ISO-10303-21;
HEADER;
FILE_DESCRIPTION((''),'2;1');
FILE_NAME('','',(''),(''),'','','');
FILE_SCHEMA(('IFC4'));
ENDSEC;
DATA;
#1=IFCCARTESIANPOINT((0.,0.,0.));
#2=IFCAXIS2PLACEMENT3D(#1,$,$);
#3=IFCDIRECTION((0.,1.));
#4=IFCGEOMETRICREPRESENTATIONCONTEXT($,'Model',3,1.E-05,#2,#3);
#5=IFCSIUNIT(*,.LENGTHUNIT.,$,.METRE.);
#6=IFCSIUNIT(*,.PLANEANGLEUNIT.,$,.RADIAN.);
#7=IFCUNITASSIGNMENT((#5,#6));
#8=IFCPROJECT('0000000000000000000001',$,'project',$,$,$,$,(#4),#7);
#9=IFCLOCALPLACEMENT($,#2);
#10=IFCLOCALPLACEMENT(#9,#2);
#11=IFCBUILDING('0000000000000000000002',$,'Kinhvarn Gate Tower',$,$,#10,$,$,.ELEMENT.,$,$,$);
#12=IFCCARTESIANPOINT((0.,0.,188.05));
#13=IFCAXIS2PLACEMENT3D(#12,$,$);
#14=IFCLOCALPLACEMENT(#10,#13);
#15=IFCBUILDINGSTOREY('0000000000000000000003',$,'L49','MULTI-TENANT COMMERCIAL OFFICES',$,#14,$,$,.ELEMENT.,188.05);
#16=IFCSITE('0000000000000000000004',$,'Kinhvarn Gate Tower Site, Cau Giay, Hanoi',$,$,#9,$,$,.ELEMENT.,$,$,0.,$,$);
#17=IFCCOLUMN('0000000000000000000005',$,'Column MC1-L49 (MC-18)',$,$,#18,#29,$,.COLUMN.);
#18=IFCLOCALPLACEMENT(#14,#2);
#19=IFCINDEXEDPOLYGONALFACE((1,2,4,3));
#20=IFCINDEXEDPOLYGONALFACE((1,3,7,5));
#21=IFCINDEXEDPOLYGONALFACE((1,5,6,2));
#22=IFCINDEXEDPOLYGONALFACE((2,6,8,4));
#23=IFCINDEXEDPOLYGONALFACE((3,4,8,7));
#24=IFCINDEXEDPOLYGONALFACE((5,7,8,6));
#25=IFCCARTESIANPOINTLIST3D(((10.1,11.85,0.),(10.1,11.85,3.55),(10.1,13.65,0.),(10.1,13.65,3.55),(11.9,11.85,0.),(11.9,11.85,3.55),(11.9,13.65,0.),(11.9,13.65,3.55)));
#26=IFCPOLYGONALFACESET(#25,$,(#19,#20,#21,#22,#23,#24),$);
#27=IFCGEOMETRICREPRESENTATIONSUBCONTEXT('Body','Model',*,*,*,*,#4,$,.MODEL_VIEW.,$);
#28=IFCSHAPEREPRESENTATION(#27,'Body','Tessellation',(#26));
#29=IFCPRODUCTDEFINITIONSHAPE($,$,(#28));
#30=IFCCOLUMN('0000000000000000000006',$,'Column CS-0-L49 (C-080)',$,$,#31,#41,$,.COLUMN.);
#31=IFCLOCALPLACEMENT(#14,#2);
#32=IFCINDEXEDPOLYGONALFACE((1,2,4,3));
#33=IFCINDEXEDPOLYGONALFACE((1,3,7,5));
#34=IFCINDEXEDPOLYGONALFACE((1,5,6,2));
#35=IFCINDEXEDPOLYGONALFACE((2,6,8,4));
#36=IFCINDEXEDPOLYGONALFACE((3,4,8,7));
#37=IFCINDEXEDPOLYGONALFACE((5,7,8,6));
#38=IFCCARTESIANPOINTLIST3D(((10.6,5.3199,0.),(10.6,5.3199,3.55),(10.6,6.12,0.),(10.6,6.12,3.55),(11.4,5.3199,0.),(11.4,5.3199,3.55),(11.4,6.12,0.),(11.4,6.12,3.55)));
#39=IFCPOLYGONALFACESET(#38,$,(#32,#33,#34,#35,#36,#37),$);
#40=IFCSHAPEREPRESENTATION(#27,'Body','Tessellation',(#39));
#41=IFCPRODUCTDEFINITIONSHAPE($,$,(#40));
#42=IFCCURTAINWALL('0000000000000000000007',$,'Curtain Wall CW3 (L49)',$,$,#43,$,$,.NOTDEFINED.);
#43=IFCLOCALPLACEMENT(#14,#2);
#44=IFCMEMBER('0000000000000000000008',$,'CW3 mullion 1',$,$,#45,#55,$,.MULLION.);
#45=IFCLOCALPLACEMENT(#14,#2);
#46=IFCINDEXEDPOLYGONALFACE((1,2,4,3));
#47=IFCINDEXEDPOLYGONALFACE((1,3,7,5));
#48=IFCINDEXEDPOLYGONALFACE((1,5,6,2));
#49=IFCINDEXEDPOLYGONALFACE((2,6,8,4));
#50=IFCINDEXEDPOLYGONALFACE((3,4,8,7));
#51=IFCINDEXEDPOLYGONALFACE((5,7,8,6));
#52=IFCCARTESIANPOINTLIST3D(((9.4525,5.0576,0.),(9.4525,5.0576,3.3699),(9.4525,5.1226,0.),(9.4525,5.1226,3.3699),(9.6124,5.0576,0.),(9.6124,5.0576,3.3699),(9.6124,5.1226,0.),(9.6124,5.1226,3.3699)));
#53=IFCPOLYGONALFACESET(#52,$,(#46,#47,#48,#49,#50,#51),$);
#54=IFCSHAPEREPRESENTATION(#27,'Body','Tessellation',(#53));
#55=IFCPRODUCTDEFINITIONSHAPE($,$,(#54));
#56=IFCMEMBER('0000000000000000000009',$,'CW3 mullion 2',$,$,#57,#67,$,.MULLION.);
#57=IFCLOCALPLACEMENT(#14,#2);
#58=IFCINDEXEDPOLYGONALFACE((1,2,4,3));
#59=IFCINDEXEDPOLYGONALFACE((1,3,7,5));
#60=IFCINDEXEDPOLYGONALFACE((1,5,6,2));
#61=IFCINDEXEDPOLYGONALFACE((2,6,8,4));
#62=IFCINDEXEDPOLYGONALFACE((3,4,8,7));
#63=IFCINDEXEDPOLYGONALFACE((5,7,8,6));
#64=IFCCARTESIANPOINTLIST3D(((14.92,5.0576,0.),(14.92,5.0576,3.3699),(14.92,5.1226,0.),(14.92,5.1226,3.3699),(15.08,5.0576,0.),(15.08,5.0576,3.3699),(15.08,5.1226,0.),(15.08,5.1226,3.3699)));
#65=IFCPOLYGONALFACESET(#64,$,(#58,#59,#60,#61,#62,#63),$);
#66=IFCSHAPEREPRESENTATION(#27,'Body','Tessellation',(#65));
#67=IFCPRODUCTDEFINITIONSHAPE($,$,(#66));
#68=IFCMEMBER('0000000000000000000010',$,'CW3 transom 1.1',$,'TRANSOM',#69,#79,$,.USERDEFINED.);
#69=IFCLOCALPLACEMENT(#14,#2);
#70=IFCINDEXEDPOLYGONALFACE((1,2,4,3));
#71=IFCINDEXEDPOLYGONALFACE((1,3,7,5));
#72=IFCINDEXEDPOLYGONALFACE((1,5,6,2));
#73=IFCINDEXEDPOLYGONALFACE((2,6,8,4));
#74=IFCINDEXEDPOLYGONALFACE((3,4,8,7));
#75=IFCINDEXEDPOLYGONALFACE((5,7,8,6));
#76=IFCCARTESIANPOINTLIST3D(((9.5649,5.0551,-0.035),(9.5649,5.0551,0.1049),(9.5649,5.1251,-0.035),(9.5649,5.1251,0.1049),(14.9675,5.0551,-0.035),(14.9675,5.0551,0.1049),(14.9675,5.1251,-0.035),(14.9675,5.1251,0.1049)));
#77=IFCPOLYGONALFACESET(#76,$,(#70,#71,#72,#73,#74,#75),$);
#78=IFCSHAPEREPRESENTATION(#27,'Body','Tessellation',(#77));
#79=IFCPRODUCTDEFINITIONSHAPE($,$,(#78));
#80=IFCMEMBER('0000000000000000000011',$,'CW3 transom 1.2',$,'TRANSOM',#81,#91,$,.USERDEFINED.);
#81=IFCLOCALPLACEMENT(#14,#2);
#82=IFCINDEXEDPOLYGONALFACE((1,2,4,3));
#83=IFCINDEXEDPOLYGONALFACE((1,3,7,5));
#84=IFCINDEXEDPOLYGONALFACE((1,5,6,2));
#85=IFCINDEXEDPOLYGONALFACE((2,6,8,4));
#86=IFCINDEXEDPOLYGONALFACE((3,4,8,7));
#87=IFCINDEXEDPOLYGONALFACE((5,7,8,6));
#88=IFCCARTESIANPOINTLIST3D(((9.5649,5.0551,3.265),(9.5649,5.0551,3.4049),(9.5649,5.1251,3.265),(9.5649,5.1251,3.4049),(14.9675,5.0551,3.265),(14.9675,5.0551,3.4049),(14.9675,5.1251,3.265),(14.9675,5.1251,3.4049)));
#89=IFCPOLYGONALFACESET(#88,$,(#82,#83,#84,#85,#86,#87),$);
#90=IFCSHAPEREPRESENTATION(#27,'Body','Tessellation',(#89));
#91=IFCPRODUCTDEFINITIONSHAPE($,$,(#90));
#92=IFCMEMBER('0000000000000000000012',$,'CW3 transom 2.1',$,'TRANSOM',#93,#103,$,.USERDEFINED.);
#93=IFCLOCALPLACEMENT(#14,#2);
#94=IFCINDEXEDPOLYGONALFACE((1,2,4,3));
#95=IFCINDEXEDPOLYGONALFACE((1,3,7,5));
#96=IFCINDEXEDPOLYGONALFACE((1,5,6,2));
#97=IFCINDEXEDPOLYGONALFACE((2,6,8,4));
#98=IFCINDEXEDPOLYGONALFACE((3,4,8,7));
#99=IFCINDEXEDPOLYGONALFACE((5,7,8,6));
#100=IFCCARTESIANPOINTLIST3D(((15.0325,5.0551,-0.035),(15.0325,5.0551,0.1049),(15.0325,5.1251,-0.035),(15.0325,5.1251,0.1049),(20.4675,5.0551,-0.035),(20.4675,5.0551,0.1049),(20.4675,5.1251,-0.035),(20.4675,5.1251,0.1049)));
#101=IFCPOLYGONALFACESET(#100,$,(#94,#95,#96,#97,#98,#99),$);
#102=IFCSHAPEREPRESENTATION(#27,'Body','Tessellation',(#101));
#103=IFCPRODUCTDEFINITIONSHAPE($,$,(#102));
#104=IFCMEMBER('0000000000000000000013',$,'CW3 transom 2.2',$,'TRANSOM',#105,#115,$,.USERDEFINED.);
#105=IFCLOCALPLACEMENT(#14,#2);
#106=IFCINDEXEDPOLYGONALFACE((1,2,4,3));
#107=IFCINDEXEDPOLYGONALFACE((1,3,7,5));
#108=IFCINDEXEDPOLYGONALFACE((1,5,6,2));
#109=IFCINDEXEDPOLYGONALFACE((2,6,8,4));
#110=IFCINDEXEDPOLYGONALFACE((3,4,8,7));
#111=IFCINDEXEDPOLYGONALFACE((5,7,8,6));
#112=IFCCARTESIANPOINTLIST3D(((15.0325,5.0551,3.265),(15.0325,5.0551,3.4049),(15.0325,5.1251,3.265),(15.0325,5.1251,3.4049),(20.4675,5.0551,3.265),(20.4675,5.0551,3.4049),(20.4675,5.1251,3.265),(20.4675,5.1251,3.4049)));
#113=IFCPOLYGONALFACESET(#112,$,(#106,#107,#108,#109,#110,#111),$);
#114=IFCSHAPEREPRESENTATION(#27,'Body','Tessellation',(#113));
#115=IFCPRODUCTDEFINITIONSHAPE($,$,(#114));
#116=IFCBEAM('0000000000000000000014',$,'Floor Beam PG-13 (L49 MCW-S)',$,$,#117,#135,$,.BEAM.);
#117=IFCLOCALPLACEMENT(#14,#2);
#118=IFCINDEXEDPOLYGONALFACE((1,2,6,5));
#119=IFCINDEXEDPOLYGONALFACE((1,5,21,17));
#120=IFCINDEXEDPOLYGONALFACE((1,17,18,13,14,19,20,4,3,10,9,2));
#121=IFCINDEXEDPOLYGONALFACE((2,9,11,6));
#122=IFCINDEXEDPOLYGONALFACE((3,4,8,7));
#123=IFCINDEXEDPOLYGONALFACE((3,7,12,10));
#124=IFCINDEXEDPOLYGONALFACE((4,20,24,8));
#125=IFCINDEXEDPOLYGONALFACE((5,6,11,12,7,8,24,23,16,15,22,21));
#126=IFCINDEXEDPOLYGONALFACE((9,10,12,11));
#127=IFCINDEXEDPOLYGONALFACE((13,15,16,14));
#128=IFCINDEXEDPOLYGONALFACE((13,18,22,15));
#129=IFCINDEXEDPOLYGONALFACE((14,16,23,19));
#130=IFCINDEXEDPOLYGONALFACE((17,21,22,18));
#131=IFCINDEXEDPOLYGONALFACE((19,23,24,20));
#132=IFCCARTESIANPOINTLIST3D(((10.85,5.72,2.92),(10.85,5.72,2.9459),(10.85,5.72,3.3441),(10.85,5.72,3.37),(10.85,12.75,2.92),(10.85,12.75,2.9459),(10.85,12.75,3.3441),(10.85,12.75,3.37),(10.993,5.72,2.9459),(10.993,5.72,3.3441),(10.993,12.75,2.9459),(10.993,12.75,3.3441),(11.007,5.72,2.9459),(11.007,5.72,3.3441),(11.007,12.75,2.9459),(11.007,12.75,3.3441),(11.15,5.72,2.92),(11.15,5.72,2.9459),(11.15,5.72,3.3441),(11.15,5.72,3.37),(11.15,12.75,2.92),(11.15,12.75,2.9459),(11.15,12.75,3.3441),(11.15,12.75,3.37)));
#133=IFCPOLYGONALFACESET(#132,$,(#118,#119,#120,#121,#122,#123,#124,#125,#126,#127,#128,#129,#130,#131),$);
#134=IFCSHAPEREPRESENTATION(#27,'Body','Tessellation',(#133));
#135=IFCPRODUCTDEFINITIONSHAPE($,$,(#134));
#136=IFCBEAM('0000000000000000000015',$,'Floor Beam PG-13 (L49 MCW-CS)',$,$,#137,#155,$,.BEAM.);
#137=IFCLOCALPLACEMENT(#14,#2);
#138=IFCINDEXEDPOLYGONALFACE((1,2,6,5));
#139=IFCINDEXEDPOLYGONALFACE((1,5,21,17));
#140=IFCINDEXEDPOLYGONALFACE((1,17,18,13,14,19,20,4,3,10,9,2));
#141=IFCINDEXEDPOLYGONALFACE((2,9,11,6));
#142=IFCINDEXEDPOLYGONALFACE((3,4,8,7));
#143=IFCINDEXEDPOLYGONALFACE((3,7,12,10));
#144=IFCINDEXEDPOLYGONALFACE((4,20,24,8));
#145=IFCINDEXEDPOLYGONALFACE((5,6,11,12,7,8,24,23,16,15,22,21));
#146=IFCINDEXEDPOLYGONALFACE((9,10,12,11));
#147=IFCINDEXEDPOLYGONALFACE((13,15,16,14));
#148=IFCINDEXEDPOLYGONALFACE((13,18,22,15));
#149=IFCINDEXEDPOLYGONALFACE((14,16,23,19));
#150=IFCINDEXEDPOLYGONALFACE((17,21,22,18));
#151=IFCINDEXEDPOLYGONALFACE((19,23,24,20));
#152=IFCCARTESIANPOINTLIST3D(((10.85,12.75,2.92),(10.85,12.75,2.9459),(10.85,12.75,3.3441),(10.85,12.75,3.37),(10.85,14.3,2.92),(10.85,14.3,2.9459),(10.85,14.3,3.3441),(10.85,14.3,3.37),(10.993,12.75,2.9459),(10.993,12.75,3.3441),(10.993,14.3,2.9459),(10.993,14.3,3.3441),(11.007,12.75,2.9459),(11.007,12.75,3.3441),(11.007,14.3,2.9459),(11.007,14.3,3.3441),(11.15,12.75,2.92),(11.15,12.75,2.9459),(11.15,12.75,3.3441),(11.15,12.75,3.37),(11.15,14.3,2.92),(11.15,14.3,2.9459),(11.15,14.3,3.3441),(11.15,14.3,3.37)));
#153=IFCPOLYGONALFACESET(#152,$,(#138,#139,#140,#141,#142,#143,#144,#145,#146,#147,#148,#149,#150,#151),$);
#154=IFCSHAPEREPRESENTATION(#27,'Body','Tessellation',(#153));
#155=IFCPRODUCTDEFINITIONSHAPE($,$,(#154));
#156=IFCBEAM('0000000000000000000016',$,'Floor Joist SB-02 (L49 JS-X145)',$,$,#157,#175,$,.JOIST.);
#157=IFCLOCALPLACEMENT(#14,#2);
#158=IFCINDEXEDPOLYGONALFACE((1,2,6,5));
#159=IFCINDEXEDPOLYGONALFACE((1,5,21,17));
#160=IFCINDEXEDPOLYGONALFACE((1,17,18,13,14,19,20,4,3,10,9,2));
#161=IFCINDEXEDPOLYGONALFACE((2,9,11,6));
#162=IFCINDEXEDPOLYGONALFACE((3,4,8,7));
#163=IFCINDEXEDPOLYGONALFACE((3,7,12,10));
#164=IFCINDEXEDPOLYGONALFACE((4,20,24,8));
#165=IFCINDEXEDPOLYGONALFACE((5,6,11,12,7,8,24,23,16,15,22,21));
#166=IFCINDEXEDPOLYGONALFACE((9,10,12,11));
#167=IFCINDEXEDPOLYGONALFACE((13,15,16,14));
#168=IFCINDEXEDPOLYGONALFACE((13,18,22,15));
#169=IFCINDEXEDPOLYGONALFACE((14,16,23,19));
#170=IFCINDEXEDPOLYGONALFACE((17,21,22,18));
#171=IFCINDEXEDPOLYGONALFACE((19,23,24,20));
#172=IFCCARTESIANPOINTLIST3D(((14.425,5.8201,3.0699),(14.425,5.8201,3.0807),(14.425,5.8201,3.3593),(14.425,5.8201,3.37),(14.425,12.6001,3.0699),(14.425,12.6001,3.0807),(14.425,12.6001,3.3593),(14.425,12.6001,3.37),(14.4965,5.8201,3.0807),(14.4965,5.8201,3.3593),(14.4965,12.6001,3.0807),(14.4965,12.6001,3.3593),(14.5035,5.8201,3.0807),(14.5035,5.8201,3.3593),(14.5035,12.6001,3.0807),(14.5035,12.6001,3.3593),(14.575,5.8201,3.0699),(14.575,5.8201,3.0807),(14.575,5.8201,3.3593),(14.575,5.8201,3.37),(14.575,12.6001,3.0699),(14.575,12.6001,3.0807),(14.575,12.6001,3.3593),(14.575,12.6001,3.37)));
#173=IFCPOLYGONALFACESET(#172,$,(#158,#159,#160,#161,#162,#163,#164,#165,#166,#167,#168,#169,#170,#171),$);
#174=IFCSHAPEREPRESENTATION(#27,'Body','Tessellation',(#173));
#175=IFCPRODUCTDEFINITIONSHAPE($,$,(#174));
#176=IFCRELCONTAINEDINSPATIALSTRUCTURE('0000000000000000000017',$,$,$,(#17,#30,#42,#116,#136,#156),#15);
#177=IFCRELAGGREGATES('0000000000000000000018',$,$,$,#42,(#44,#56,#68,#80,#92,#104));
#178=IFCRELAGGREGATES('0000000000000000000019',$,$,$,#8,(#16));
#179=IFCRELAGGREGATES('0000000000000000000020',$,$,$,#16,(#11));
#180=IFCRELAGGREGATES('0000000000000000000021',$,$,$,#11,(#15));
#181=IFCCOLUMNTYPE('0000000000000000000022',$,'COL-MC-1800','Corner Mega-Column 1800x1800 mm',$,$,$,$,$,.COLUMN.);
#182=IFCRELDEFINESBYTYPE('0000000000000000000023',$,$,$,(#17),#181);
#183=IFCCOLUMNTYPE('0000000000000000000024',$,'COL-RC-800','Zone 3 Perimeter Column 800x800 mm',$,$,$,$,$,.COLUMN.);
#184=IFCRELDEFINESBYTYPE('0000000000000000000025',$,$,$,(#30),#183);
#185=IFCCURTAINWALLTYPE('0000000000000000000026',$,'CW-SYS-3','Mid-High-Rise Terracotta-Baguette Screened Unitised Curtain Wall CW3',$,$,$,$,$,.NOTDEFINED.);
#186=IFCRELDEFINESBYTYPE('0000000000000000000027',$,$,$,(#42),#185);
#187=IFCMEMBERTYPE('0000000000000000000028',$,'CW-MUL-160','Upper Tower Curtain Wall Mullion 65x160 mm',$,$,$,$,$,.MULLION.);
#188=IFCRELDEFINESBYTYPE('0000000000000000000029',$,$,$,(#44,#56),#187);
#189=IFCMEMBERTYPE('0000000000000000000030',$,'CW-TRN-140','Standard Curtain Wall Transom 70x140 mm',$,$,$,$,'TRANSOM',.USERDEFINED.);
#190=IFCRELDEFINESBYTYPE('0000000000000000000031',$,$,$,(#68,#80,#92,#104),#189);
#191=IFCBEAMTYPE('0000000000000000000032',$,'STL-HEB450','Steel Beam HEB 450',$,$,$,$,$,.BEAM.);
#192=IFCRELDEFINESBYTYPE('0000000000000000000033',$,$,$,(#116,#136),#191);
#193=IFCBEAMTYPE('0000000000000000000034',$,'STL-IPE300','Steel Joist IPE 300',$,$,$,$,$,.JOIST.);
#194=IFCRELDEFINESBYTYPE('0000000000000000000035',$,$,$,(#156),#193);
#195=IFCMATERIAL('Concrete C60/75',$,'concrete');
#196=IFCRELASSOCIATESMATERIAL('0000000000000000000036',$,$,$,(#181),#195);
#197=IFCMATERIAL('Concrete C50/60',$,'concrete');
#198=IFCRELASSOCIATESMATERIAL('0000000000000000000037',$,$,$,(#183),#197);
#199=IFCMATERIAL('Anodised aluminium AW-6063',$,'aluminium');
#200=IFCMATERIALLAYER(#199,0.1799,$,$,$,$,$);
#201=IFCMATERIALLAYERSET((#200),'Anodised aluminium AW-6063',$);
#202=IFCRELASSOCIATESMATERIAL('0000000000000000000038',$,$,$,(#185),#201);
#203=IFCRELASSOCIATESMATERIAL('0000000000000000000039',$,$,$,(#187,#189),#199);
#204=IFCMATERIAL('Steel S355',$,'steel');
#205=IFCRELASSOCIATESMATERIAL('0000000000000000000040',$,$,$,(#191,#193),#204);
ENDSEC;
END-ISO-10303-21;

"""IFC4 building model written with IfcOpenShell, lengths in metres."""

from ifc_helpers import new_model, si_unit, direction, frame, origin, origin_2d, place, context, subcontext, project, spatial, rectangle, i_section, extrude, material, layer, layer_set, material_profile, profile_set, type_object, element, aggregate, save


model = new_model("IFC4")

# Units and contexts
model_context = context("Model", 3, precision=1e-05, world=origin(), true_north=direction((0.0, 1.0)))
body_context = subcontext(model_context, "Body", "Model", "MODEL_VIEW")
ifc_project = project(units=[si_unit("LENGTHUNIT", "METRE"), si_unit("PLANEANGLEUNIT", "RADIAN")], contexts=[model_context])

# Site, building, storey
site_placement = place(None, origin())
site = spatial("IfcSite", under=ifc_project, at=site_placement, Name="Kinhvarn Gate Tower Site, Cau Giay, Hanoi", CompositionType="ELEMENT", RefElevation=0.0)
building_placement = place(site_placement, origin())
building = spatial("IfcBuilding", under=site, at=building_placement, Name="Kinhvarn Gate Tower", CompositionType="ELEMENT")
storey_placement = place(building_placement, frame((0.0, 0.0, 188.05)))
storey = spatial("IfcBuildingStorey", under=building, at=storey_placement, Name="L49", Description="MULTI-TENANT COMMERCIAL OFFICES", CompositionType="ELEMENT", Elevation=188.05)

# Columns
ifc_material_1 = material(Name="Concrete C60/75", Category="concrete")
ifc_material_profile_1 = material_profile(ifc_material_1, rectangle(XDim=1.8, YDim=1.8, at=origin_2d()), Name="RC 1800x1800")
ifc_profile_set_1 = profile_set([ifc_material_profile_1], Name="Concrete C60/75")
column_type_1 = type_object("IfcColumnType", Name="COL-MC-1800", Description="Corner Mega-Column 1800x1800 mm", PredefinedType="COLUMN", material=ifc_profile_set_1)
column_1_placement = place(storey_placement, frame((11.0, 12.75, 0.0), z_axis=(0.0, 0.0, 1.0), x_axis=(1.0, 0.0, 0.0)))
element("IfcColumn", 1, at=column_1_placement, inside=storey, type_object=column_type_1, Name="Column MC1-L49 (MC-18)", PredefinedType="COLUMN", context=body_context, shape_type="SweptSolid", body=[
    extrude(rectangle(XDim=1.8, YDim=1.8, at=origin_2d()), origin(), (0.0, 0.0, 1.0), 3.55),
])
ifc_material_2 = material(Name="Concrete C50/60", Category="concrete")
ifc_material_profile_2 = material_profile(ifc_material_2, rectangle(XDim=0.8, YDim=0.8, at=origin_2d()), Name="RC 800x800")
ifc_profile_set_2 = profile_set([ifc_material_profile_2], Name="Concrete C50/60")
column_type_2 = type_object("IfcColumnType", Name="COL-RC-800", Description="Zone 3 Perimeter Column 800x800 mm", PredefinedType="COLUMN", material=ifc_profile_set_2)
column_2_placement = place(storey_placement, frame((11.0, 5.72, 0.0), z_axis=(0.0, 0.0, 1.0), x_axis=(1.0, 0.0, 0.0)))
element("IfcColumn", 2, at=column_2_placement, inside=storey, type_object=column_type_2, Name="Column CS-0-L49 (C-080)", PredefinedType="COLUMN", context=body_context, shape_type="SweptSolid", body=[
    extrude(rectangle(XDim=0.8, YDim=0.8, at=origin_2d()), origin(), (0.0, 0.0, 1.0), 3.55),
])

# Curtain wall, members
ifc_material_3 = material(Name="Anodised aluminium AW-6063", Category="aluminium")
ifc_layer_1 = layer(ifc_material_3, 0.1799)
ifc_layer_set_1 = layer_set([ifc_layer_1], Name="Anodised aluminium AW-6063")
curtain_wall_type = type_object("IfcCurtainWallType", Name="CW-SYS-3", Description="Mid-High-Rise Terracotta-Baguette Screened Unitised Curtain Wall CW3", PredefinedType="NOTDEFINED", material=ifc_layer_set_1)
curtain_wall_placement = place(storey_placement, origin())
curtain_wall = element("IfcCurtainWall", 3, at=curtain_wall_placement, inside=storey, type_object=curtain_wall_type, Name="Curtain Wall CW3 (L49)", PredefinedType="NOTDEFINED")
ifc_material_profile_3 = material_profile(ifc_material_3, rectangle(XDim=0.0649, YDim=0.1599, at=origin_2d()), Name="ALU 65x160")
ifc_profile_set_3 = profile_set([ifc_material_profile_3], Name="Anodised aluminium AW-6063")
member_type_1 = type_object("IfcMemberType", Name="CW-MUL-160", Description="Upper Tower Curtain Wall Mullion 65x160 mm", PredefinedType="MULLION", material=ifc_profile_set_3)
member_1_placement = place(storey_placement, frame((9.5325, 5.0901, 0.0), z_axis=(0.0, 0.0, 1.0), x_axis=(0.0, 1.0, 0.0)))
member_1 = element("IfcMember", 4, at=member_1_placement, type_object=member_type_1, Name="CW3 mullion 1", PredefinedType="MULLION", context=body_context, shape_type="SweptSolid", body=[
    extrude(rectangle(XDim=0.0649, YDim=0.1599, at=origin_2d()), origin(), (0.0, 0.0, 1.0), 3.3699),
])
member_2_placement = place(storey_placement, frame((15.0, 5.0901, 0.0), z_axis=(0.0, 0.0, 1.0), x_axis=(0.0, 1.0, 0.0)))
member_2 = element("IfcMember", 5, at=member_2_placement, type_object=member_type_1, Name="CW3 mullion 2", PredefinedType="MULLION", context=body_context, shape_type="SweptSolid", body=[
    extrude(rectangle(XDim=0.0649, YDim=0.1599, at=origin_2d()), origin(), (0.0, 0.0, 1.0), 3.3699),
])
ifc_material_profile_4 = material_profile(ifc_material_3, rectangle(XDim=0.0701, YDim=0.1399, at=origin_2d()), Name="ALU 70x140")
ifc_profile_set_4 = profile_set([ifc_material_profile_4], Name="Anodised aluminium AW-6063")
member_type_2 = type_object("IfcMemberType", Name="CW-TRN-140", Description="Standard Curtain Wall Transom 70x140 mm", ElementType="TRANSOM", PredefinedType="USERDEFINED", material=ifc_profile_set_4)
member_3_placement = place(storey_placement, frame((9.5649, 5.0901, 0.0349), z_axis=(1.0, 0.0, 0.0), x_axis=(0.0, 1.0, 0.0)))
member_3 = element("IfcMember", 6, at=member_3_placement, type_object=member_type_2, Name="CW3 transom 1.1", ObjectType="TRANSOM", PredefinedType="USERDEFINED", context=body_context, shape_type="SweptSolid", body=[
    extrude(rectangle(XDim=0.0701, YDim=0.1399, at=origin_2d()), origin(), (0.0, 0.0, 1.0), 5.4026),
])
member_4_placement = place(storey_placement, frame((9.5649, 5.0901, 3.335), z_axis=(1.0, 0.0, 0.0), x_axis=(0.0, 1.0, 0.0)))
member_4 = element("IfcMember", 7, at=member_4_placement, type_object=member_type_2, Name="CW3 transom 1.2", ObjectType="TRANSOM", PredefinedType="USERDEFINED", context=body_context, shape_type="SweptSolid", body=[
    extrude(rectangle(XDim=0.0701, YDim=0.1399, at=origin_2d()), origin(), (0.0, 0.0, 1.0), 5.4026),
])
member_5_placement = place(storey_placement, frame((15.0325, 5.0901, 0.0349), z_axis=(1.0, 0.0, 0.0), x_axis=(0.0, 1.0, 0.0)))
member_5 = element("IfcMember", 8, at=member_5_placement, type_object=member_type_2, Name="CW3 transom 2.1", ObjectType="TRANSOM", PredefinedType="USERDEFINED", context=body_context, shape_type="SweptSolid", body=[
    extrude(rectangle(XDim=0.0701, YDim=0.1399, at=origin_2d()), origin(), (0.0, 0.0, 1.0), 5.4351),
])
member_6_placement = place(storey_placement, frame((15.0325, 5.0901, 3.335), z_axis=(1.0, 0.0, 0.0), x_axis=(0.0, 1.0, 0.0)))
member_6 = element("IfcMember", 9, at=member_6_placement, type_object=member_type_2, Name="CW3 transom 2.2", ObjectType="TRANSOM", PredefinedType="USERDEFINED", context=body_context, shape_type="SweptSolid", body=[
    extrude(rectangle(XDim=0.0701, YDim=0.1399, at=origin_2d()), origin(), (0.0, 0.0, 1.0), 5.4351),
])

# Beams
ifc_material_4 = material(Name="Steel S355", Category="steel")
ifc_material_profile_5 = material_profile(ifc_material_4, i_section(OverallWidth=0.3, OverallDepth=0.45, WebThickness=0.0139, FlangeThickness=0.0259, at=origin_2d()), Name="HEB 450")
ifc_profile_set_5 = profile_set([ifc_material_profile_5], Name="Steel S355")
beam_type_1 = type_object("IfcBeamType", Name="STL-HEB450", Description="Steel Beam HEB 450", PredefinedType="BEAM", material=ifc_profile_set_5)
beam_1_placement = place(storey_placement, frame((11.0, 5.72, 3.145), z_axis=(0.0, 1.0, 0.0), x_axis=(-1.0, 0.0, 0.0)))
element("IfcBeam", 10, at=beam_1_placement, inside=storey, type_object=beam_type_1, Name="Floor Beam PG-13 (L49 MCW-S)", PredefinedType="BEAM", context=body_context, shape_type="SweptSolid", body=[
    extrude(i_section(OverallWidth=0.3, OverallDepth=0.45, WebThickness=0.0139, FlangeThickness=0.0259, at=origin_2d()), origin(), (0.0, 0.0, 1.0), 7.03),
])
beam_2_placement = place(storey_placement, frame((11.0, 12.75, 3.145), z_axis=(0.0, 1.0, 0.0), x_axis=(-1.0, 0.0, 0.0)))
element("IfcBeam", 11, at=beam_2_placement, inside=storey, type_object=beam_type_1, Name="Floor Beam PG-13 (L49 MCW-CS)", PredefinedType="BEAM", context=body_context, shape_type="SweptSolid", body=[
    extrude(i_section(OverallWidth=0.3, OverallDepth=0.45, WebThickness=0.0139, FlangeThickness=0.0259, at=origin_2d()), origin(), (0.0, 0.0, 1.0), 1.55),
])
ifc_material_profile_6 = material_profile(ifc_material_4, i_section(OverallWidth=0.1499, OverallDepth=0.3, WebThickness=0.0071, FlangeThickness=0.0107, at=origin_2d()), Name="IPE 300")
ifc_profile_set_6 = profile_set([ifc_material_profile_6], Name="Steel S355")
beam_type_2 = type_object("IfcBeamType", Name="STL-IPE300", Description="Steel Joist IPE 300", PredefinedType="JOIST", material=ifc_profile_set_6)
for number, where, z_axis, x_axis, name in (
    (12, (14.5, 5.8201, 3.22), (0.0, 1.0, 0.0), (-1.0, 0.0, 0.0), "Floor Joist SB-02 (L49 JS-X145)"),
):
    element("IfcBeam", number, at=place(storey_placement, frame(where, z_axis=z_axis, x_axis=x_axis)), inside=storey, type_object=beam_type_2, Name=name, PredefinedType="JOIST", context=body_context, shape_type="SweptSolid", body=[
        extrude(i_section(OverallWidth=0.1499, OverallDepth=0.3, WebThickness=0.0071, FlangeThickness=0.0107, at=origin_2d()), origin(), (0.0, 0.0, 1.0), 6.78),
    ])

aggregate(curtain_wall, [member_1, member_2, member_3, member_4, member_5, member_6])

save(model, "model.ifc")
